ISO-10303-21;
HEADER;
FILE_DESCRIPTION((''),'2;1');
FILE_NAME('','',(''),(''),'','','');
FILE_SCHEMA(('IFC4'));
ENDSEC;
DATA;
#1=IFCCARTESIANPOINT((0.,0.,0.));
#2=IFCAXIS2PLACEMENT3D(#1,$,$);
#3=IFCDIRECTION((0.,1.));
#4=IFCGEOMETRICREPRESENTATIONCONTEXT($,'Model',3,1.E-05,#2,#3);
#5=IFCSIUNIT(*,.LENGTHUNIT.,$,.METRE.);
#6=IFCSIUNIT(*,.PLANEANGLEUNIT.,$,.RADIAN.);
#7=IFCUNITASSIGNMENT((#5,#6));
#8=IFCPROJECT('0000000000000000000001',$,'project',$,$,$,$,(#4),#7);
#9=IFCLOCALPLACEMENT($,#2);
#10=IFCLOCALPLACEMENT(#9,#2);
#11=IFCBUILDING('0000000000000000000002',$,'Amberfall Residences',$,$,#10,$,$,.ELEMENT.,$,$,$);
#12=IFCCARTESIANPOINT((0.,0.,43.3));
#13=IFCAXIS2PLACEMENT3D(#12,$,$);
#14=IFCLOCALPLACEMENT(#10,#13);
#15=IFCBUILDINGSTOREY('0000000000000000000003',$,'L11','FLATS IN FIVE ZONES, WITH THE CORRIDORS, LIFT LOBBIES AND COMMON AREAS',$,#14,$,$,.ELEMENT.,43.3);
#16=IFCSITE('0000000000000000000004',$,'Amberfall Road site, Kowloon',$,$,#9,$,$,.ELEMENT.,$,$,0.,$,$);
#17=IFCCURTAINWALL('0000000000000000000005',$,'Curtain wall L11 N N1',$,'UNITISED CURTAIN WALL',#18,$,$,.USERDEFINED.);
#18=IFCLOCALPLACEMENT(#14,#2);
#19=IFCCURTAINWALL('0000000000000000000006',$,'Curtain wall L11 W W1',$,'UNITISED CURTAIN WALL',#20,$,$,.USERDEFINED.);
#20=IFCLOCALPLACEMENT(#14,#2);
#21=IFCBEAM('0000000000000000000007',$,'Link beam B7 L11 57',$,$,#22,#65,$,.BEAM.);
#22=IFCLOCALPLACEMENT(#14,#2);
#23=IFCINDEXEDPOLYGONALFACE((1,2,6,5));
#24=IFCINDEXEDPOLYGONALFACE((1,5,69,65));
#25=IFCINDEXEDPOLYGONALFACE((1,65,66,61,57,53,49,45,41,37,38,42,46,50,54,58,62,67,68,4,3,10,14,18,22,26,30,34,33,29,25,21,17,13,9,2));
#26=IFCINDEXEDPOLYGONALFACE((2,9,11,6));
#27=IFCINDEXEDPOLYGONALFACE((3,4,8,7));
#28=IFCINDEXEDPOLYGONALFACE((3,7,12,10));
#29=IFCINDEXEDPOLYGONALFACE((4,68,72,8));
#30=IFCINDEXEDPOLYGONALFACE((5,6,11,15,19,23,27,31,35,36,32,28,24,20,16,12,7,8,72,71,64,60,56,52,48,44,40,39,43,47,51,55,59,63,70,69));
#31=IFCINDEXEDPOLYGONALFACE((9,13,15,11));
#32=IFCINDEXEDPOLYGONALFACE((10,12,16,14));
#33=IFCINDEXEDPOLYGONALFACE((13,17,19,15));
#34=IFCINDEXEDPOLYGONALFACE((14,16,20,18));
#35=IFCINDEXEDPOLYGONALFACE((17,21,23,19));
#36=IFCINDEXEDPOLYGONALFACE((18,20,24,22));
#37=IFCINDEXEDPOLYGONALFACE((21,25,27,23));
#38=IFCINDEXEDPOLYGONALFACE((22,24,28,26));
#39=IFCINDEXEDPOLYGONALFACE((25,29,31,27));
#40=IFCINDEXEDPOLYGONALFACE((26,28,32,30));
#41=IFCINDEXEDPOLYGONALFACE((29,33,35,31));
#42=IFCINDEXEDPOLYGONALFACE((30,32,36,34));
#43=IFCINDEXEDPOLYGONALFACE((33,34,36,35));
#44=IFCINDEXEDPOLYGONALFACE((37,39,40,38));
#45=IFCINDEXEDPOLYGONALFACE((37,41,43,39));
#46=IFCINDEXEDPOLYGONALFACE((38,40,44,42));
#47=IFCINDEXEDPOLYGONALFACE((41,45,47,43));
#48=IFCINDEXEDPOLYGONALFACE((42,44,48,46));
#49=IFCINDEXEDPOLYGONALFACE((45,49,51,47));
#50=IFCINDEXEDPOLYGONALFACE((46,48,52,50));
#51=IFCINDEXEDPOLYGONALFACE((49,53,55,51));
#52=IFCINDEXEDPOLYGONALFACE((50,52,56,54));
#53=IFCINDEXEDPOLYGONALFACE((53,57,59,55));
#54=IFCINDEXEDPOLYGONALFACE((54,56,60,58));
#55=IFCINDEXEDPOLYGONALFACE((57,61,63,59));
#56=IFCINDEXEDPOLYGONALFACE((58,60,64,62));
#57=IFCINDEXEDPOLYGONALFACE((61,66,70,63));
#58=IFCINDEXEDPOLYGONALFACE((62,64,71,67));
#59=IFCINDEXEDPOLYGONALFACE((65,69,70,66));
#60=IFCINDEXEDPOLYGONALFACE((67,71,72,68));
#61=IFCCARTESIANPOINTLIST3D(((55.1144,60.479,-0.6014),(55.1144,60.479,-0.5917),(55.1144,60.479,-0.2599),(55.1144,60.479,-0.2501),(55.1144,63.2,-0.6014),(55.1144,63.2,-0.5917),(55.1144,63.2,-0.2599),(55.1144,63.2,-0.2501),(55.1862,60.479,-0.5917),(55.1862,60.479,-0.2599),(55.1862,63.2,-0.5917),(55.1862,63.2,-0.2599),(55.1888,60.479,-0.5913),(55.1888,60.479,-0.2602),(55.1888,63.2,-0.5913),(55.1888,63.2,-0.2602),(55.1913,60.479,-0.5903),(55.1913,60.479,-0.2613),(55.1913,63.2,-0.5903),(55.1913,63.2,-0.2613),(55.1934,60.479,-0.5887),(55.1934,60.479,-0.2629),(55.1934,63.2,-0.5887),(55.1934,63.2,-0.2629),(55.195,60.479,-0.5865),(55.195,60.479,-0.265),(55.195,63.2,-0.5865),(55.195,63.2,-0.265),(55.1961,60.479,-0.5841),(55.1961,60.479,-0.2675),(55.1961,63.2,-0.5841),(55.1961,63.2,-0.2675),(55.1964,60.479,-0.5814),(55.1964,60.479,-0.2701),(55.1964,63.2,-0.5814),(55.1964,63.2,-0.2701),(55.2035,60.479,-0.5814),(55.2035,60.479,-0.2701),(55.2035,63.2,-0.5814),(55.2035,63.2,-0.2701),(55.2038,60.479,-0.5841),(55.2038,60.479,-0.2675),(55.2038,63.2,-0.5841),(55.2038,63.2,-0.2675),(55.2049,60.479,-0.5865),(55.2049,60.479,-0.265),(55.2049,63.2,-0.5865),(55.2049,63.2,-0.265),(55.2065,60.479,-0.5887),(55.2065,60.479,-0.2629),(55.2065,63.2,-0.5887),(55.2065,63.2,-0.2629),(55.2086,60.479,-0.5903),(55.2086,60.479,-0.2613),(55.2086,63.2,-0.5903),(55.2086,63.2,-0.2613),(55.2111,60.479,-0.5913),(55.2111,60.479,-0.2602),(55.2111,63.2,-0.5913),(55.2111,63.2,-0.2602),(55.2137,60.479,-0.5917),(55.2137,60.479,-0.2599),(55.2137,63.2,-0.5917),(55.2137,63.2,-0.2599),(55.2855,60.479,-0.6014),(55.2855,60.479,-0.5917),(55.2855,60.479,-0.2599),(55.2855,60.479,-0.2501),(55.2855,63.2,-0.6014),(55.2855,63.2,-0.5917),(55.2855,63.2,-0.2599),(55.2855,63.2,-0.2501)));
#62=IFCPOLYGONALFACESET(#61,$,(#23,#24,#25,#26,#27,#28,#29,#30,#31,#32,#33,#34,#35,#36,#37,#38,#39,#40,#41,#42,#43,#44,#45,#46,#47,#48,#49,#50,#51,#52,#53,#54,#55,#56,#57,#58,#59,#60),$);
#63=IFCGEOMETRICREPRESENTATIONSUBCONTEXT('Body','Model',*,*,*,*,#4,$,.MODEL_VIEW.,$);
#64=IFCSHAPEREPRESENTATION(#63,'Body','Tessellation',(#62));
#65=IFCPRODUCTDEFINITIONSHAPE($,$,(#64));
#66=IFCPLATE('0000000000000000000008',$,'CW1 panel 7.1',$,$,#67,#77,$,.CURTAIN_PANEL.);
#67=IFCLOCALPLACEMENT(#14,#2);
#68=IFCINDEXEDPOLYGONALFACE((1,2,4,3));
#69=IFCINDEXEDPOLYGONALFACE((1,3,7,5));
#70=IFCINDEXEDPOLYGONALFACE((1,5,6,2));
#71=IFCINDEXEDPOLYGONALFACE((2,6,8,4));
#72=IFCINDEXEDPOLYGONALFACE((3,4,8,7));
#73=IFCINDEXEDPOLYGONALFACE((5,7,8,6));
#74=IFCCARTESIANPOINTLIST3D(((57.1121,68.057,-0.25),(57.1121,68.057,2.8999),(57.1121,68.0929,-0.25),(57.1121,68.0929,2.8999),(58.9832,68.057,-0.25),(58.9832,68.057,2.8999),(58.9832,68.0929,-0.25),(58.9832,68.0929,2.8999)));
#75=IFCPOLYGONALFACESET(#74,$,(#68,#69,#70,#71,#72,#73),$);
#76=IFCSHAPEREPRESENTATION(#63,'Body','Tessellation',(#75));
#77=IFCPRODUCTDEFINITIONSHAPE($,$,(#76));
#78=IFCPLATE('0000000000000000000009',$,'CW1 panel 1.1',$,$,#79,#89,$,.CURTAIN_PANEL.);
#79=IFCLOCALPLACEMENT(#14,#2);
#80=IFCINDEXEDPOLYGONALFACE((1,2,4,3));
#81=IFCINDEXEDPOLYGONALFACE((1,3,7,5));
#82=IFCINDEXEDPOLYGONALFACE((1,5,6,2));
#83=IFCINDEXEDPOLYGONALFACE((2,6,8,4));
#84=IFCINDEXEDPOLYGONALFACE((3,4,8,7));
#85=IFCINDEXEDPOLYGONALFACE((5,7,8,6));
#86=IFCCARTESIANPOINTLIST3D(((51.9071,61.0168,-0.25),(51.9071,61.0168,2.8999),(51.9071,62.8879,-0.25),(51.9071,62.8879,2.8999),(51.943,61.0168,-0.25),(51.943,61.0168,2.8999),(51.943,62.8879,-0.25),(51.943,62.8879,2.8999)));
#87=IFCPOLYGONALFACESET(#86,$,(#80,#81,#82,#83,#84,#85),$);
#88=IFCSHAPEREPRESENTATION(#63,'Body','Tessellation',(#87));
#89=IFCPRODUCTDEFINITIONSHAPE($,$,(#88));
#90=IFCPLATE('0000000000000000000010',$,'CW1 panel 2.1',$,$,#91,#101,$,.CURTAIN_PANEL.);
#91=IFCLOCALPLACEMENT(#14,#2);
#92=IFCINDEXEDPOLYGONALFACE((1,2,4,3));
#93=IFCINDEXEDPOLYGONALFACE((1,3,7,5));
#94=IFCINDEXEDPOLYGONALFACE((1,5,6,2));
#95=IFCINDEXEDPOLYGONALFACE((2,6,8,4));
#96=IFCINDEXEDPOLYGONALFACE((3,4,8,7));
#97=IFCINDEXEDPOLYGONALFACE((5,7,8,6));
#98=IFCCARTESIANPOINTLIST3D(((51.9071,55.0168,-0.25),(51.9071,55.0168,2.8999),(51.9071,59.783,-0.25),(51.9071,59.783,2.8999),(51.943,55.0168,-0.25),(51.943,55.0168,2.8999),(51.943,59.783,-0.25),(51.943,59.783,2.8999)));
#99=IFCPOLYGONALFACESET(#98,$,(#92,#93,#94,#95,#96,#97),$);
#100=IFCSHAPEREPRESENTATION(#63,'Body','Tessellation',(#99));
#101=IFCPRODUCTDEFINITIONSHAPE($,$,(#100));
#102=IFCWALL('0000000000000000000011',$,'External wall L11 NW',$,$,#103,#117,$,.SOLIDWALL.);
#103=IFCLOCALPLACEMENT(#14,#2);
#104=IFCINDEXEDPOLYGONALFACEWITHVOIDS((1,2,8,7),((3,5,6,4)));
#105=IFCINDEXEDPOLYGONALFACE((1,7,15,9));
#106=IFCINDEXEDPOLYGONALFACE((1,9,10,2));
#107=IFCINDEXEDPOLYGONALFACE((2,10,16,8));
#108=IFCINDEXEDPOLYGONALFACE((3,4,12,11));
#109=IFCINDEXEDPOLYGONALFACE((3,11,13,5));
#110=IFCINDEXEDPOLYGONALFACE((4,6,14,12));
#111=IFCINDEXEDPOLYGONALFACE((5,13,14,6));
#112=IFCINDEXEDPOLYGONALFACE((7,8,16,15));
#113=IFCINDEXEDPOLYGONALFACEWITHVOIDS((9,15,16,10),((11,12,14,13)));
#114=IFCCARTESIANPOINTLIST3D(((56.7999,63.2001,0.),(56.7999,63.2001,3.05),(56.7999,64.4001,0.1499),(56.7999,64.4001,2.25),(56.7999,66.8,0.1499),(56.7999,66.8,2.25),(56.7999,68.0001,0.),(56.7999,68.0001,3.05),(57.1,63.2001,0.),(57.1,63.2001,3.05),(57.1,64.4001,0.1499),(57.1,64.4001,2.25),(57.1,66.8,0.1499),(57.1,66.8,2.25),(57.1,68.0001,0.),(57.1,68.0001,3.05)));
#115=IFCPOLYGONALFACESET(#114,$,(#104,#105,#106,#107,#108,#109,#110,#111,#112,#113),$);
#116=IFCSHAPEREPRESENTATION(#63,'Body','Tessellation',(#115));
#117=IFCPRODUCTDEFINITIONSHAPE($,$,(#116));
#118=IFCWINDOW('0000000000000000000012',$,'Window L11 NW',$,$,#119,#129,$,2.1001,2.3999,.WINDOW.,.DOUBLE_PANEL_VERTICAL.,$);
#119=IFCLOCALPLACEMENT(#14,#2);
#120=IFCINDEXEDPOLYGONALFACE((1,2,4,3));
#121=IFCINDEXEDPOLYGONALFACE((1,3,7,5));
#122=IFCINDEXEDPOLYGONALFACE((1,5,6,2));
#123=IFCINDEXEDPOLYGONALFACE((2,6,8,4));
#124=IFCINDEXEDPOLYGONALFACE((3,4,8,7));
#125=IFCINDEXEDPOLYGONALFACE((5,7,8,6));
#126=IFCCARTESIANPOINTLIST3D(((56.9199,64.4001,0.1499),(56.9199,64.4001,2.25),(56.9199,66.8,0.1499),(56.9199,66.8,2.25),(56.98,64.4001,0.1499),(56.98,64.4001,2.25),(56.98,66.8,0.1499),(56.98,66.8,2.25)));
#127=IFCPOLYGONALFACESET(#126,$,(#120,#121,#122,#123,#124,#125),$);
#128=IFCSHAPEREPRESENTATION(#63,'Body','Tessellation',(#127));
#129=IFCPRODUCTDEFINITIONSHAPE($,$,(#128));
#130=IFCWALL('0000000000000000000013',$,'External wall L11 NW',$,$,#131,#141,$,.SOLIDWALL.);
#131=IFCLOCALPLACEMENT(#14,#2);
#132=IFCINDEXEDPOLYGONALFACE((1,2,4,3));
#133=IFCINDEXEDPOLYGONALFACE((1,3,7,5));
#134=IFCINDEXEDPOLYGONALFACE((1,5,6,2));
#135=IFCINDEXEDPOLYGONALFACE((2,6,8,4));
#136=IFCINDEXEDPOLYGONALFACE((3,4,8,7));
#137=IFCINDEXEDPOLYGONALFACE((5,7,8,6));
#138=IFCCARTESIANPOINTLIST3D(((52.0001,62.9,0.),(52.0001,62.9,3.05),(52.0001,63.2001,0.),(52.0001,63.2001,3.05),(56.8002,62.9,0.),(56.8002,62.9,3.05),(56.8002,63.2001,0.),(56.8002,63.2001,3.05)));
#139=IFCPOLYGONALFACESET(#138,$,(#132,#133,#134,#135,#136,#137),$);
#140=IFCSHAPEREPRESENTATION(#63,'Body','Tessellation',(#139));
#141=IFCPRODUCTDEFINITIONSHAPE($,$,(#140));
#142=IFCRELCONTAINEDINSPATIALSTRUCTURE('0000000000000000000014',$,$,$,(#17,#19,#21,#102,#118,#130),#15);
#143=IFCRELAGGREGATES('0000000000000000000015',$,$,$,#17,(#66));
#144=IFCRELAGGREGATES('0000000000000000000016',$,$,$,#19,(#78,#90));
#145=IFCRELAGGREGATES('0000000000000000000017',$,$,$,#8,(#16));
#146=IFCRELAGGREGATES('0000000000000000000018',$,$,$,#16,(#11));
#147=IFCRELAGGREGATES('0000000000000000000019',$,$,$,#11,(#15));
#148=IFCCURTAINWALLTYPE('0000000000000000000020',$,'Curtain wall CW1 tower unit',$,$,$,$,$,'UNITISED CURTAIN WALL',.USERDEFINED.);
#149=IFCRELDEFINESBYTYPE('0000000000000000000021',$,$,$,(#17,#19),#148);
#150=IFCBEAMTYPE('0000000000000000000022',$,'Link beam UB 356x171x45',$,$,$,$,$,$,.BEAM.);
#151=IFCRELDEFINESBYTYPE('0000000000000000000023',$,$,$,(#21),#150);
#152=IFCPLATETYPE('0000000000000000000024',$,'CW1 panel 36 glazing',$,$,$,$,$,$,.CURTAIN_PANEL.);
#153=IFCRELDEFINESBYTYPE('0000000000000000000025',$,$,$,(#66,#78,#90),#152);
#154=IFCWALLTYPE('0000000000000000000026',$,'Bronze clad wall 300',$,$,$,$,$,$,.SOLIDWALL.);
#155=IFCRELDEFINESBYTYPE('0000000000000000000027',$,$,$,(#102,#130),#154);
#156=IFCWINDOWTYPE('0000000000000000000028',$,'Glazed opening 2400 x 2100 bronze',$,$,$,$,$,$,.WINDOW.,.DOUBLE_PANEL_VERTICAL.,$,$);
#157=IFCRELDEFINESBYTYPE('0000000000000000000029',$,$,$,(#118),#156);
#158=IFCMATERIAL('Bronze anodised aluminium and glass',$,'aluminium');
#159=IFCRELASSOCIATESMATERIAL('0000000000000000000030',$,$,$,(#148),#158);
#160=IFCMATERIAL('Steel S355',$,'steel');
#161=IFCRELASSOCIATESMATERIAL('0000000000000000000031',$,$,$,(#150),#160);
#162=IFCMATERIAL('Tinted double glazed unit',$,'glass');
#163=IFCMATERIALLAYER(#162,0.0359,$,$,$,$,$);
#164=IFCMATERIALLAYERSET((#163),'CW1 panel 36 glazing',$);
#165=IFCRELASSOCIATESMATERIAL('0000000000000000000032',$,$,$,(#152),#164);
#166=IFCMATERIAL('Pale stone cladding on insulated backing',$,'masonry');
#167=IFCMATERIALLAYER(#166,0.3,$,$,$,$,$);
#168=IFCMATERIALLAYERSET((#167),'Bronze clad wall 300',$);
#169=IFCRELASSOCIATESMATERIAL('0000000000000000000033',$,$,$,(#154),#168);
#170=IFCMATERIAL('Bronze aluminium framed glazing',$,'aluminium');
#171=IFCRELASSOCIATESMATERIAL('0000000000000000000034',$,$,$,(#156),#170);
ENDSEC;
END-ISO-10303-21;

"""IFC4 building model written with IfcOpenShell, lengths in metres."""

from ifc_helpers import new_model, si_unit, direction, frame, frame_2d, origin, origin_2d, place, context, subcontext, project, spatial, rectangle, i_section, extrude, material, layer, layer_set, material_profile, profile_set, type_object, element, fill, aggregate, save


model = new_model("IFC4")

# Units and contexts
model_context = context("Model", 3, precision=1e-05, world=origin(), true_north=direction((0.0, 1.0)))
body_context = subcontext(model_context, "Body", "Model", "MODEL_VIEW")
ifc_project = project(units=[si_unit("LENGTHUNIT", "METRE"), si_unit("PLANEANGLEUNIT", "RADIAN")], contexts=[model_context])

# Site, building, storey
site_placement = place(None, origin())
site = spatial("IfcSite", under=ifc_project, at=site_placement, Name="Amberfall Road site, Kowloon", CompositionType="ELEMENT", RefElevation=0.0)
building_placement = place(site_placement, origin())
building = spatial("IfcBuilding", under=site, at=building_placement, Name="Amberfall Residences", CompositionType="ELEMENT")
storey_placement = place(building_placement, frame((0.0, 0.0, 43.3)))
storey = spatial("IfcBuildingStorey", under=building, at=storey_placement, Name="L11", Description="FLATS IN FIVE ZONES, WITH THE CORRIDORS, LIFT LOBBIES AND COMMON AREAS", CompositionType="ELEMENT", Elevation=43.3)

# Curtain wall
ifc_material_1 = material(Name="Bronze anodised aluminium and glass", Category="aluminium")
curtain_wall_type = type_object("IfcCurtainWallType", Name="Curtain wall CW1 tower unit", ElementType="UNITISED CURTAIN WALL", PredefinedType="USERDEFINED", material=ifc_material_1)
curtain_wall_1_placement = place(storey_placement, origin())
curtain_wall_1 = element("IfcCurtainWall", 1, at=curtain_wall_1_placement, inside=storey, type_object=curtain_wall_type, Name="Curtain wall L11 N N1", ObjectType="UNITISED CURTAIN WALL", PredefinedType="USERDEFINED")

# Curtain wall
curtain_wall_2_placement = place(storey_placement, origin())
curtain_wall_2 = element("IfcCurtainWall", 2, at=curtain_wall_2_placement, inside=storey, type_object=curtain_wall_type, Name="Curtain wall L11 W W1", ObjectType="UNITISED CURTAIN WALL", PredefinedType="USERDEFINED")

# Shared definitions
ifc_material_2 = material(Name="Steel S355", Category="steel")

# Beam
ifc_material_profile_1 = material_profile(ifc_material_2, i_section(OverallWidth=0.1711, OverallDepth=0.3513, WebThickness=0.0071, FlangeThickness=0.0098, FilletRadius=0.0103, at=origin_2d()), Name="UB 356x171x45")
ifc_profile_set_1 = profile_set([ifc_material_profile_1], Name="Steel S355")
beam_type_1 = type_object("IfcBeamType", Name="Link beam UB 356x171x45", PredefinedType="BEAM", material=ifc_profile_set_1)
beam_1_placement = place(storey_placement, frame((55.2, 63.2, -0.4258), z_axis=(0.0, -1.0, 0.0), x_axis=(1.0, 0.0, 0.0)))
element("IfcBeam", 3, at=beam_1_placement, inside=storey, type_object=beam_type_1, Name="Link beam B7 L11 57", PredefinedType="BEAM", context=body_context, shape_type="SweptSolid", body=[
    extrude(i_section(OverallWidth=0.1711, OverallDepth=0.3513, WebThickness=0.0071, FlangeThickness=0.0098, FilletRadius=0.0103, at=origin_2d()), origin(), (0.0, 0.0, 1.0), 2.7209),
])

# Plates
ifc_material_3 = material(Name="Tinted double glazed unit", Category="glass")
ifc_layer_1 = layer(ifc_material_3, 0.0359)
ifc_layer_set_1 = layer_set([ifc_layer_1], Name="CW1 panel 36 glazing")
plate_type = type_object("IfcPlateType", Name="CW1 panel 36 glazing", PredefinedType="CURTAIN_PANEL", material=ifc_layer_set_1)
plate_1_placement = place(storey_placement, frame((58.0476, 68.075, -0.25), z_axis=(0.0, 0.0, 1.0), x_axis=(-1.0, 0.0, 0.0)))
plate_1 = element("IfcPlate", 4, at=plate_1_placement, type_object=plate_type, Name="CW1 panel 7.1", PredefinedType="CURTAIN_PANEL", context=body_context, shape_type="SweptSolid", body=[
    extrude(rectangle(XDim=1.8711, YDim=0.0359, at=origin_2d()), origin(), (0.0, 0.0, 1.0), 3.1499),
])
aggregate(curtain_wall_1, [plate_1])
plate_2_placement = place(storey_placement, frame((51.925, 61.9524, -0.25), z_axis=(0.0, 0.0, 1.0), x_axis=(0.0, -1.0, 0.0)))
plate_2 = element("IfcPlate", 5, at=plate_2_placement, type_object=plate_type, Name="CW1 panel 1.1", PredefinedType="CURTAIN_PANEL", context=body_context, shape_type="SweptSolid", body=[
    extrude(rectangle(XDim=1.8711, YDim=0.0359, at=origin_2d()), origin(), (0.0, 0.0, 1.0), 3.1499),
])
plate_3_placement = place(storey_placement, frame((51.925, 57.3999, -0.25), z_axis=(0.0, 0.0, 1.0), x_axis=(0.0, -1.0, 0.0)))
plate_3 = element("IfcPlate", 6, at=plate_3_placement, type_object=plate_type, Name="CW1 panel 2.1", PredefinedType="CURTAIN_PANEL", context=body_context, shape_type="SweptSolid", body=[
    extrude(rectangle(XDim=4.7661, YDim=0.0359, at=origin_2d()), origin(), (0.0, 0.0, 1.0), 3.1499),
])
aggregate(curtain_wall_2, [plate_2, plate_3])

# Wall, opening, window
ifc_material_4 = material(Name="Pale stone cladding on insulated backing", Category="masonry")
ifc_layer_2 = layer(ifc_material_4, 0.3)
ifc_layer_set_2 = layer_set([ifc_layer_2], Name="Bronze clad wall 300")
wall_type = type_object("IfcWallType", Name="Bronze clad wall 300", PredefinedType="SOLIDWALL", material=ifc_layer_set_2)
wall_1_placement = place(storey_placement, frame((56.95, 68.0, 0.0), z_axis=(0.0, 0.0, 1.0), x_axis=(0.0, -1.0, 0.0)))
wall_1 = element("IfcWall", 7, at=wall_1_placement, inside=storey, type_object=wall_type, Name="External wall L11 NW", PredefinedType="SOLIDWALL", context=body_context, shape_type="SweptSolid", body=[
    extrude(rectangle(XDim=4.8, YDim=0.3, at=frame_2d((2.3999, 0.0))), origin(), (0.0, 0.0, 1.0), 3.05),
])
opening_placement = place(wall_1_placement, frame((1.2, 0.0, 0.1499)))
opening = element("IfcOpeningElement", 8, at=opening_placement, cuts=wall_1, PredefinedType="OPENING", context=body_context, shape_type="SweptSolid", body=[
    extrude(rectangle(XDim=2.3999, YDim=2.1001, at=frame_2d((1.2, 1.05))), frame((0.0, 0.1599, 0.0), z_axis=(0.0, -1.0, 0.0), x_axis=(1.0, 0.0, 0.0)), (0.0, 0.0, 1.0), 0.3201),
])
ifc_material_5 = material(Name="Bronze aluminium framed glazing", Category="aluminium")
window_type = type_object("IfcWindowType", Name="Glazed opening 2400 x 2100 bronze", PartitioningType="DOUBLE_PANEL_VERTICAL", PredefinedType="WINDOW", material=ifc_material_5)
window_placement = place(opening_placement, origin())
window = element("IfcWindow", 9, at=window_placement, inside=storey, type_object=window_type, Name="Window L11 NW", OverallHeight=2.1001, OverallWidth=2.3999, PartitioningType="DOUBLE_PANEL_VERTICAL", PredefinedType="WINDOW", context=body_context, shape_type="SweptSolid", body=[
    extrude(rectangle(XDim=2.3999, YDim=2.1001, at=frame_2d((1.2, 1.05))), frame((0.0, 0.03, 0.0), z_axis=(0.0, -1.0, 0.0), x_axis=(1.0, 0.0, 0.0)), (0.0, 0.0, 1.0), 0.0601),
])
fill(opening, window)

# Wall
wall_2_placement = place(storey_placement, frame((56.8, 63.05, 0.0), z_axis=(0.0, 0.0, 1.0), x_axis=(-1.0, 0.0, 0.0)))
element("IfcWall", 10, at=wall_2_placement, inside=storey, type_object=wall_type, Name="External wall L11 NW", PredefinedType="SOLIDWALL", context=body_context, shape_type="SweptSolid", body=[
    extrude(rectangle(XDim=4.8, YDim=0.3, at=frame_2d((2.3999, 0.0))), origin(), (0.0, 0.0, 1.0), 3.05),
])

save(model, "model.ifc")
